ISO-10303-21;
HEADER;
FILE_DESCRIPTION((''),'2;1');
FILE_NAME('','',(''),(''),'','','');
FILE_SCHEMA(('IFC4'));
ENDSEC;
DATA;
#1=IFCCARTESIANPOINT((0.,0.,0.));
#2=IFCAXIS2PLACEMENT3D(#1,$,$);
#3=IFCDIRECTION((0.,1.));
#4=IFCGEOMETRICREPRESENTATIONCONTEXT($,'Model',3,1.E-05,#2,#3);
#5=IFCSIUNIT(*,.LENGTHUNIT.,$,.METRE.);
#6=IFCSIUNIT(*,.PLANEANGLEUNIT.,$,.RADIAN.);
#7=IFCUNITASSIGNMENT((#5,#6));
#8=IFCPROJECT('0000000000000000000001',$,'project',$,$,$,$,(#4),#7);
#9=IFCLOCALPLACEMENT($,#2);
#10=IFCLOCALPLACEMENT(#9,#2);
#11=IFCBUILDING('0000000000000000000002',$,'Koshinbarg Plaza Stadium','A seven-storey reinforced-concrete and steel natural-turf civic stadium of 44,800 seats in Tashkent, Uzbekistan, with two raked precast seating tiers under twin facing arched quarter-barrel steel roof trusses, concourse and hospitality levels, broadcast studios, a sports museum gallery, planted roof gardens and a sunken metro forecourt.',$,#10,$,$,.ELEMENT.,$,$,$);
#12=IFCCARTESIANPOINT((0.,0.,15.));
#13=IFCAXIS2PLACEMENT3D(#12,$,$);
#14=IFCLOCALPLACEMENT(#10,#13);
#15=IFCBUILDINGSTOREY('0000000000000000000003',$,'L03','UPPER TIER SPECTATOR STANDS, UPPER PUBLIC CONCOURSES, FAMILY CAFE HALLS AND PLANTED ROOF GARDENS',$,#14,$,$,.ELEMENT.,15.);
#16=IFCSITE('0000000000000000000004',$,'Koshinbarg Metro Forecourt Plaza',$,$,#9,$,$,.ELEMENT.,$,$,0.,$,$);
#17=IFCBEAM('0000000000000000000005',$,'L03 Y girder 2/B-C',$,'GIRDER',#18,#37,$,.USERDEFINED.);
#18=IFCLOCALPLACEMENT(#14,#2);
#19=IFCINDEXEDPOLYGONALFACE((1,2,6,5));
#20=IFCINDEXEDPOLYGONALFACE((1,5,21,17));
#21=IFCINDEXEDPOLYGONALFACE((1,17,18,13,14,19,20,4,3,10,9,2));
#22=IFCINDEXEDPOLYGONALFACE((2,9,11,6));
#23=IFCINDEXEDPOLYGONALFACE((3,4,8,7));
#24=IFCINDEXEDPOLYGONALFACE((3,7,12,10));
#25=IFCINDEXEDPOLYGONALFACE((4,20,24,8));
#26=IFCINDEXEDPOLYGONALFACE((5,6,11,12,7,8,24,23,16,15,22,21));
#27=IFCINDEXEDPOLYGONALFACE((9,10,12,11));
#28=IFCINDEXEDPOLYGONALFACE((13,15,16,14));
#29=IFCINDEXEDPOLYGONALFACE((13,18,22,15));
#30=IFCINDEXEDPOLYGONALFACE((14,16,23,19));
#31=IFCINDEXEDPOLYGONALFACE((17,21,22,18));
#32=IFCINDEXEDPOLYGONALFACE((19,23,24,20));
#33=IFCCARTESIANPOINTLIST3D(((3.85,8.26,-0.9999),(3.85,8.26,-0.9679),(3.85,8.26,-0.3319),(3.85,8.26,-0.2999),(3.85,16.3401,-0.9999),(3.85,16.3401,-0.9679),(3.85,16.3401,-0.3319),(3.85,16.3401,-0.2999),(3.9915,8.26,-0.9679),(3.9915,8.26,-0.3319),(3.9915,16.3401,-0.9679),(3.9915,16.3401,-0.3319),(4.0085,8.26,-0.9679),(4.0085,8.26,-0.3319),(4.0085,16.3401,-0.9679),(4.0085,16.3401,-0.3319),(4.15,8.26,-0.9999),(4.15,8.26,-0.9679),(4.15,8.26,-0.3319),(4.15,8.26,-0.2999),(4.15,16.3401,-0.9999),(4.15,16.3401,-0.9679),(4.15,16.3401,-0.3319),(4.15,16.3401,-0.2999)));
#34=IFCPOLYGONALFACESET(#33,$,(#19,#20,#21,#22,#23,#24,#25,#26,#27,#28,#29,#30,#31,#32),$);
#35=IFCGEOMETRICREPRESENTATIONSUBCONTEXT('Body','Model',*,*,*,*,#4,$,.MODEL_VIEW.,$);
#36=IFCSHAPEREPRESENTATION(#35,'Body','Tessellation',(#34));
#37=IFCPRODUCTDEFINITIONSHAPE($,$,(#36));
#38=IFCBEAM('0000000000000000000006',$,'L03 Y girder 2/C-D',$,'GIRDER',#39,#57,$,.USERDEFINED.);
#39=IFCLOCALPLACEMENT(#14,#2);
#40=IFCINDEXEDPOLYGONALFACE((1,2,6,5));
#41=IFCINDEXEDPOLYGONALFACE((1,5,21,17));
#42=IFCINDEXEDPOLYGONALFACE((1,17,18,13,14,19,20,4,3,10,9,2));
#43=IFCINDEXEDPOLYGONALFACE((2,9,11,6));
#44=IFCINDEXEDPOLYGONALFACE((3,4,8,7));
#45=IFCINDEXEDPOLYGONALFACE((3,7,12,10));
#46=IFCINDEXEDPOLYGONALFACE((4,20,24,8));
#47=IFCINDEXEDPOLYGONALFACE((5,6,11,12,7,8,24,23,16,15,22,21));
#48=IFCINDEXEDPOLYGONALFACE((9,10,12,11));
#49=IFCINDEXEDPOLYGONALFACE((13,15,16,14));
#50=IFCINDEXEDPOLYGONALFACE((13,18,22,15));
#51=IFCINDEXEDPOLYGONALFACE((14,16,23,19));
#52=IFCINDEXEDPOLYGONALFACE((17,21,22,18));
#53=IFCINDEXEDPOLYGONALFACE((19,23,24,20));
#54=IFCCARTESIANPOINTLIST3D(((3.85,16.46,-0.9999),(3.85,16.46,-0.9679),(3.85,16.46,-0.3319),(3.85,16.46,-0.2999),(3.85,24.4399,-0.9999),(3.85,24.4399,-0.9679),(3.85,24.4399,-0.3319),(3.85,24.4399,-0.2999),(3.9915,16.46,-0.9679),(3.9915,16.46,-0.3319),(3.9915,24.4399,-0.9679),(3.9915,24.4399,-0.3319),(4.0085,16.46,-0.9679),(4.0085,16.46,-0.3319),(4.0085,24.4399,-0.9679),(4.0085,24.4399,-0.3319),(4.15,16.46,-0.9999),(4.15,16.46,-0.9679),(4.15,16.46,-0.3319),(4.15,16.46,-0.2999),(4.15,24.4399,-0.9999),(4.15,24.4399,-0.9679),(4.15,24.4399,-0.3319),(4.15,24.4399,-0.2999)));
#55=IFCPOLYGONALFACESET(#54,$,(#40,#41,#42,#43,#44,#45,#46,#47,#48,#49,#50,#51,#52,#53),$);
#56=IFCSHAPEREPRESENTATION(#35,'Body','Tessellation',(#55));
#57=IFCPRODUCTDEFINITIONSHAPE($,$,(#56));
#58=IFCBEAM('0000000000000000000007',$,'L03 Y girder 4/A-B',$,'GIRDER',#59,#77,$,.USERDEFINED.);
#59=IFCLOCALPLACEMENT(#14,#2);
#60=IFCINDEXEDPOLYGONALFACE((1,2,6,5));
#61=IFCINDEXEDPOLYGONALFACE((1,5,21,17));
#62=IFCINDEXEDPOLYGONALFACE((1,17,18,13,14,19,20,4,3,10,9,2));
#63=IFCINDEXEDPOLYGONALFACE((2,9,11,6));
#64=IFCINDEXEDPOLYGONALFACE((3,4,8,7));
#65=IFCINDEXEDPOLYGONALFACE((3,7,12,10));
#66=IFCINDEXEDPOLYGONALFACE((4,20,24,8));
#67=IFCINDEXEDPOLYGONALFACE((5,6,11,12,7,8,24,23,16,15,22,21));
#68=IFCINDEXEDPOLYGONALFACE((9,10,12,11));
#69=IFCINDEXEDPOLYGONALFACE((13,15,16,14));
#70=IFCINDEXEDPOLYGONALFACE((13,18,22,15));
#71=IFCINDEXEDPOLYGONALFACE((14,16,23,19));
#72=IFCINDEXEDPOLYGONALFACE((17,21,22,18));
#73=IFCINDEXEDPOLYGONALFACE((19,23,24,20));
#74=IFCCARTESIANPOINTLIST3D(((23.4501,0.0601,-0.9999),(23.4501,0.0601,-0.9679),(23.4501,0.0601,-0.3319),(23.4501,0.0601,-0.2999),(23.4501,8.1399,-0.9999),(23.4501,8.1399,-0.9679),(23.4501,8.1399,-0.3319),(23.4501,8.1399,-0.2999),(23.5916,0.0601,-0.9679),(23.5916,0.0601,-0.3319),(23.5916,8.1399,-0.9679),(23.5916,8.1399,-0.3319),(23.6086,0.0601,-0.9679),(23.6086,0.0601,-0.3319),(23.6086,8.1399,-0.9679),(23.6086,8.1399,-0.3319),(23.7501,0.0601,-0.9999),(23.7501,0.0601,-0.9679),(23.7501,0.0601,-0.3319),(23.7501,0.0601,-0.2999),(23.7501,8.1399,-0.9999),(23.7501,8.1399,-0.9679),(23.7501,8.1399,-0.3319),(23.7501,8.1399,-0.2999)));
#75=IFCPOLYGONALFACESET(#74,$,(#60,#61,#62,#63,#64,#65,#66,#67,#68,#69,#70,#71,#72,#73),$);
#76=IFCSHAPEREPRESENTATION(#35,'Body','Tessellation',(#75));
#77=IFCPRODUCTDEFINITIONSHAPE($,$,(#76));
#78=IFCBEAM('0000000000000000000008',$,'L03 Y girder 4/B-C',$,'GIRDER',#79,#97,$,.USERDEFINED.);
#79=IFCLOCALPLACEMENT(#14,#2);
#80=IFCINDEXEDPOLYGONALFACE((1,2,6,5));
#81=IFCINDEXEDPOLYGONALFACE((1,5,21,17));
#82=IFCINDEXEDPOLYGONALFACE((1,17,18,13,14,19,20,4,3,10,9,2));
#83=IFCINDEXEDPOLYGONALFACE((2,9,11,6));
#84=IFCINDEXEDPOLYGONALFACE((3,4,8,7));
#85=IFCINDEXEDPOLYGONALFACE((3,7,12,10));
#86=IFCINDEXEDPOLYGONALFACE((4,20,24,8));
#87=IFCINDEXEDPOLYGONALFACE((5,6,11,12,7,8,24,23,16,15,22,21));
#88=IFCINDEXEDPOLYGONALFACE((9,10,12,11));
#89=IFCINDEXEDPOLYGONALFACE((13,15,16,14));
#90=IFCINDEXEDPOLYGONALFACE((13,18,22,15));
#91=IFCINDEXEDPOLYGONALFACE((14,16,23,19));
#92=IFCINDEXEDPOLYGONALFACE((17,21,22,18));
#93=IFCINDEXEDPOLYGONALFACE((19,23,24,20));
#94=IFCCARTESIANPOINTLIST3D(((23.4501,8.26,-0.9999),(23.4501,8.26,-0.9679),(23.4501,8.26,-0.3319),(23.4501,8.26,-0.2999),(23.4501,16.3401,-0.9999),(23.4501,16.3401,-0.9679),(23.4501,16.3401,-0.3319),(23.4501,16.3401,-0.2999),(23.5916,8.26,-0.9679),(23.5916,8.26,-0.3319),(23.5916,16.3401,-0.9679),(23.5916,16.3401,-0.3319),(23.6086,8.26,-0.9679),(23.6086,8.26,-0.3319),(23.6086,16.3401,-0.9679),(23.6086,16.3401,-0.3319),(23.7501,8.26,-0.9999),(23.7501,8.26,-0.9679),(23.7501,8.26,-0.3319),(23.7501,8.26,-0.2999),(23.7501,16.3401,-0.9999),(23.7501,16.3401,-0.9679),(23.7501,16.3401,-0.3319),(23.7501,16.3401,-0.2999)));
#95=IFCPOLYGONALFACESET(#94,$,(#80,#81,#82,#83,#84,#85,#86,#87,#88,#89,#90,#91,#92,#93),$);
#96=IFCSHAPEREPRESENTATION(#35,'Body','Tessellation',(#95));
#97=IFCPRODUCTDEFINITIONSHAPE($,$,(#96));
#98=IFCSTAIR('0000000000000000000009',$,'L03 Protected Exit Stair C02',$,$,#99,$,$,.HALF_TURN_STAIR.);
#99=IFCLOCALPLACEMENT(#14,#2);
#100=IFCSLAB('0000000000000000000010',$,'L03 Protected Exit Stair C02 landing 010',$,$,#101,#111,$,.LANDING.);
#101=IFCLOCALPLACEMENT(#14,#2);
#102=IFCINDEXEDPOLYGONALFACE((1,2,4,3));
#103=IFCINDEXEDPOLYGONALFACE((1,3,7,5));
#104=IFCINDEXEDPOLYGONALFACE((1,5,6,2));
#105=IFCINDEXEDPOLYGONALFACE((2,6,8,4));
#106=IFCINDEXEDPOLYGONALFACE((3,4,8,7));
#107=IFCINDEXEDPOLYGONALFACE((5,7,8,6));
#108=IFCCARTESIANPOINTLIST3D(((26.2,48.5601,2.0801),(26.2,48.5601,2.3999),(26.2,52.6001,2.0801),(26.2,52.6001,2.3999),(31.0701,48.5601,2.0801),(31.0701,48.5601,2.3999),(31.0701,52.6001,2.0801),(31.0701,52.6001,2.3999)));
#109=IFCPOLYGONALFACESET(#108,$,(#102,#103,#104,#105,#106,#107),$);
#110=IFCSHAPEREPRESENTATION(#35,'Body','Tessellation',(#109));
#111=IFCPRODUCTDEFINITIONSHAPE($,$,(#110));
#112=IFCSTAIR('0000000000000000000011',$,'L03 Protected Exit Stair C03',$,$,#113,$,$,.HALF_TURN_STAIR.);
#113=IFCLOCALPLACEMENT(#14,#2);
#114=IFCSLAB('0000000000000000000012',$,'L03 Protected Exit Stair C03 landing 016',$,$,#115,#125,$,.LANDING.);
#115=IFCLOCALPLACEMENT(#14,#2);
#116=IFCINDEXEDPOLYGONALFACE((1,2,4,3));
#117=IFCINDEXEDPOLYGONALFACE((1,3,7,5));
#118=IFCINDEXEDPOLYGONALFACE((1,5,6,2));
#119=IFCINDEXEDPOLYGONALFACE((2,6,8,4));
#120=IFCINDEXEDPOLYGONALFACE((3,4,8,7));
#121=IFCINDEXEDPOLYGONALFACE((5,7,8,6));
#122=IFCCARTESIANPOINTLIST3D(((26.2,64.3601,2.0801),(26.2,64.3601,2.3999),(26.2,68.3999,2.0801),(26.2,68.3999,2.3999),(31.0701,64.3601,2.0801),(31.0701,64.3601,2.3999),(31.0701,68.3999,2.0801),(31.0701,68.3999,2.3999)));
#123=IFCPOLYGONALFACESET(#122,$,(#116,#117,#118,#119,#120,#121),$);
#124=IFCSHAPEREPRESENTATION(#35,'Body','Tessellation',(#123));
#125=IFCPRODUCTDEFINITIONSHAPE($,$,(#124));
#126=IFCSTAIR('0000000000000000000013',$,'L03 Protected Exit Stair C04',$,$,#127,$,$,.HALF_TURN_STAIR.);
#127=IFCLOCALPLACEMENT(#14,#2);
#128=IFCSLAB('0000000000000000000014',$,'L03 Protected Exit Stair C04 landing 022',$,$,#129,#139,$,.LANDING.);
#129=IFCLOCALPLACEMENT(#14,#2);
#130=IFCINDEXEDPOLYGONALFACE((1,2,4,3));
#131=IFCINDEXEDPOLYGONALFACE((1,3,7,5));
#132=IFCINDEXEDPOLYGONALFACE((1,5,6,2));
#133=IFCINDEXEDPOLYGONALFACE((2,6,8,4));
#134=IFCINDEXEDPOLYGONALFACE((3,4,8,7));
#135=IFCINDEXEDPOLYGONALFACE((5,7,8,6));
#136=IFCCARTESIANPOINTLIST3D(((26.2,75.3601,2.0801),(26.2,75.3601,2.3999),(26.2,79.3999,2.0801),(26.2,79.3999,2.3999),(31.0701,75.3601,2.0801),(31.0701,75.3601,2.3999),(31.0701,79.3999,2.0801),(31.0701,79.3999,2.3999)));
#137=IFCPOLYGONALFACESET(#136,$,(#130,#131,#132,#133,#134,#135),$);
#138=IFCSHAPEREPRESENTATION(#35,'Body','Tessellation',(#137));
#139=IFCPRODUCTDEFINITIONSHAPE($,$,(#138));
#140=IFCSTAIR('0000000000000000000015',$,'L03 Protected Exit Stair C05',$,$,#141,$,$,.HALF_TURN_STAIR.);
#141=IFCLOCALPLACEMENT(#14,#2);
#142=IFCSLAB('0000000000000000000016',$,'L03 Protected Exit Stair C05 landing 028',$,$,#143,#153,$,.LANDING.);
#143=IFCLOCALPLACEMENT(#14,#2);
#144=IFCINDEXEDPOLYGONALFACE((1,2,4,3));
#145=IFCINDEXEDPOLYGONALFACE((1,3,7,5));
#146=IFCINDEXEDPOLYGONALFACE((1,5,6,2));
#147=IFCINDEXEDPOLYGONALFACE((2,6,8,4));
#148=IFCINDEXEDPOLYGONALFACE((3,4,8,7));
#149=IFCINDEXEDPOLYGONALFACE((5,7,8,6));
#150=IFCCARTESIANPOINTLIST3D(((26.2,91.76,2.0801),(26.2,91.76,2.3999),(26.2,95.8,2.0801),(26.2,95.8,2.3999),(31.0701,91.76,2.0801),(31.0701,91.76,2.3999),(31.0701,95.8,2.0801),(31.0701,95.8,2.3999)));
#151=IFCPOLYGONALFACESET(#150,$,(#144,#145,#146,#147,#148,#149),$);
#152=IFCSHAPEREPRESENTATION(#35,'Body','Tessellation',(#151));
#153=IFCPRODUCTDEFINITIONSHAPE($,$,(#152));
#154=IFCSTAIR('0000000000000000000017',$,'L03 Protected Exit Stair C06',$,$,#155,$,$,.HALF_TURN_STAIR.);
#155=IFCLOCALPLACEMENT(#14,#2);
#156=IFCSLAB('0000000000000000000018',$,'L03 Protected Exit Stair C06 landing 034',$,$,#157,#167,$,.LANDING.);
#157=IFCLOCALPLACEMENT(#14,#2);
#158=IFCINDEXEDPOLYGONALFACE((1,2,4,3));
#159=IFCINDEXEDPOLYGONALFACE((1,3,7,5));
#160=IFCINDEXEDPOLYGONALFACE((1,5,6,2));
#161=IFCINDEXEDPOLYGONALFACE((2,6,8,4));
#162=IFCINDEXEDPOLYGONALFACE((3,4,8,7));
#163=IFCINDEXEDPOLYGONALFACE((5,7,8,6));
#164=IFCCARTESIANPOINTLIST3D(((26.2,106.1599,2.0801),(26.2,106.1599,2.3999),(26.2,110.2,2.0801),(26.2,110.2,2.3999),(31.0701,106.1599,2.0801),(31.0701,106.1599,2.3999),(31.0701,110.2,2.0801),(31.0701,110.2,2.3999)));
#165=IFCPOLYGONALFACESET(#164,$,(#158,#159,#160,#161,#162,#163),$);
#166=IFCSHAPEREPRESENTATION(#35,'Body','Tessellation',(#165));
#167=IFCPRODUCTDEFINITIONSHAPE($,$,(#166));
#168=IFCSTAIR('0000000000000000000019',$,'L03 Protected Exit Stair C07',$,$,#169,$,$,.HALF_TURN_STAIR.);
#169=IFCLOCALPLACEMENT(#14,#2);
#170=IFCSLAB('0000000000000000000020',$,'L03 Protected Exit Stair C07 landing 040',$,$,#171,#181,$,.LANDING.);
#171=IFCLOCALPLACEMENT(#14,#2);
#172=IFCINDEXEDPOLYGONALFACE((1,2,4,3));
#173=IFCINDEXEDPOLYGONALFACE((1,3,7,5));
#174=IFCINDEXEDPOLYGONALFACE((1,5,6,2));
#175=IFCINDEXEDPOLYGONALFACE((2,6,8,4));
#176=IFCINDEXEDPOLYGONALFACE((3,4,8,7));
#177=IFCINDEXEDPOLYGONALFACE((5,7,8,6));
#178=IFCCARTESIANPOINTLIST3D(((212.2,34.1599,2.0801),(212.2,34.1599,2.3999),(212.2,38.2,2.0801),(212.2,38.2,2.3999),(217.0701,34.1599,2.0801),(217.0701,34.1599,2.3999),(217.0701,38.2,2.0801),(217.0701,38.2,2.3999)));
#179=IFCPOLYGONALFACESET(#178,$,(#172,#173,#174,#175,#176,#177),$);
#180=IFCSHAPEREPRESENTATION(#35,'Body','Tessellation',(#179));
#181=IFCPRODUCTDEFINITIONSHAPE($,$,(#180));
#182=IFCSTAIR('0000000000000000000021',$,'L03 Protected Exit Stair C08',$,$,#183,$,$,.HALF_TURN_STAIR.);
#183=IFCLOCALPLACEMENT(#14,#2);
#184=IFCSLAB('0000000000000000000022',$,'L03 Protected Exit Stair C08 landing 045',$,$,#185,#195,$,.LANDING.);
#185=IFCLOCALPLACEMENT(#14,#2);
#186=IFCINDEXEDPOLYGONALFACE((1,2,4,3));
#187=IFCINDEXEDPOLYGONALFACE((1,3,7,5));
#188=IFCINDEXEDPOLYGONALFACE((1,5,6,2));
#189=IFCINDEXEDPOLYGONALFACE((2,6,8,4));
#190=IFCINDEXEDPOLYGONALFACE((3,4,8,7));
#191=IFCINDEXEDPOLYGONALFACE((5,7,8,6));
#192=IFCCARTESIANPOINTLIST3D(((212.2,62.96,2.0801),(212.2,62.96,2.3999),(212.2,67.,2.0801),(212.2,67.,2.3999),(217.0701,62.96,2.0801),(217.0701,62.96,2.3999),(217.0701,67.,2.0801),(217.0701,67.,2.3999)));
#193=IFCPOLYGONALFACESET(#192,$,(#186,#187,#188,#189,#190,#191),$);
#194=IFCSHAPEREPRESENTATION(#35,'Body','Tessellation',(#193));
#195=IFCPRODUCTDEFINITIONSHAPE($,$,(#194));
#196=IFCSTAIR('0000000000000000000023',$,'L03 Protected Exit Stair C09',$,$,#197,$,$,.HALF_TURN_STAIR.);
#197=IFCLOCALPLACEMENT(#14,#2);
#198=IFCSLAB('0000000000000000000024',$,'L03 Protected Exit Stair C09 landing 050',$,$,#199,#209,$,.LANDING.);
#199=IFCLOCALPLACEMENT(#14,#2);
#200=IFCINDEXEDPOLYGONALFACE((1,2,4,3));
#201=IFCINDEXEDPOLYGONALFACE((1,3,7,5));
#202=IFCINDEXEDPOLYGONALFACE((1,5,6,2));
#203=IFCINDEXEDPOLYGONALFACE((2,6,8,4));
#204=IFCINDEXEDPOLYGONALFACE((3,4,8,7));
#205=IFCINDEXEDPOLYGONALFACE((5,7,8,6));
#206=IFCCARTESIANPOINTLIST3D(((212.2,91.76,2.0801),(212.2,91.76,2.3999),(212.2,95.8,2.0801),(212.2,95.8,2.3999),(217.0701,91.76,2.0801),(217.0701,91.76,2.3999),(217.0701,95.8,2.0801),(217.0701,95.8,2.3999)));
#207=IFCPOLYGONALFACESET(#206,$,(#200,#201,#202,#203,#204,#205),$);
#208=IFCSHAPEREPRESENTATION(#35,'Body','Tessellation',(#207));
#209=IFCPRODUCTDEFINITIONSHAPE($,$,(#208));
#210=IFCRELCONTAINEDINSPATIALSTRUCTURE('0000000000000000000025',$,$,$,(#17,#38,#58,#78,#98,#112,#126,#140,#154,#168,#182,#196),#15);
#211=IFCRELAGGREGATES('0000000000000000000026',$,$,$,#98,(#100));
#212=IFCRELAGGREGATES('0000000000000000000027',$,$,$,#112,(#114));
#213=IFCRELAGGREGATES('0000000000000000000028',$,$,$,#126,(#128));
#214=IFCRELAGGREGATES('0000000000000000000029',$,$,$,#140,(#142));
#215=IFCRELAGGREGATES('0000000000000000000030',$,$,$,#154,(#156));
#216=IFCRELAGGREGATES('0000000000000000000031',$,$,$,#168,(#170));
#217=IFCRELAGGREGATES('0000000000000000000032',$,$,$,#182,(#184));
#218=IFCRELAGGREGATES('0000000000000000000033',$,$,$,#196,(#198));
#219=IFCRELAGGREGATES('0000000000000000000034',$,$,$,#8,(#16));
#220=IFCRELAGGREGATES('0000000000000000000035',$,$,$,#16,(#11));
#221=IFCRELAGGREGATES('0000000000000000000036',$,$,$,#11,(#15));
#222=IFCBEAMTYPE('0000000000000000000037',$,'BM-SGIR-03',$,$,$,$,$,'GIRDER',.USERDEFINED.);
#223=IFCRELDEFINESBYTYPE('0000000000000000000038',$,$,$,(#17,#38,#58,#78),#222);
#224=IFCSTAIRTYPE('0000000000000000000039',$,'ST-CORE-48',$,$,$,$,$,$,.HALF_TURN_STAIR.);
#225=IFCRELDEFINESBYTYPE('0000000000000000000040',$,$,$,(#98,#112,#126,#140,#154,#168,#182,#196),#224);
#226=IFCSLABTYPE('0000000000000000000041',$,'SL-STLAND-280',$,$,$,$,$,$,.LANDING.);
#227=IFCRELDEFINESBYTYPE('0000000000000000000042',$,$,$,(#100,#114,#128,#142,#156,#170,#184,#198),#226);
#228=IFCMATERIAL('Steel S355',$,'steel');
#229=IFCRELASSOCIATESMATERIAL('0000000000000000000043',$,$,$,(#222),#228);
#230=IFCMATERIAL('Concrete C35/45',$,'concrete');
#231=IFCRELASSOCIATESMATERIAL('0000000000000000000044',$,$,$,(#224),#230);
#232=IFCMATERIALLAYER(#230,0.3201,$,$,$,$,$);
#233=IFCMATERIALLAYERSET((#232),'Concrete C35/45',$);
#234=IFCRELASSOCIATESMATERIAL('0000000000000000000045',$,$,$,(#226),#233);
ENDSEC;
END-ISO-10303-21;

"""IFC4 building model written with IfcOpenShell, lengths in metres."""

from ifc_helpers import new_model, si_unit, direction, frame, origin, origin_2d, place, context, subcontext, project, spatial, polyline, i_section, outline, extrude, material, layer, layer_set, material_profile, profile_set, type_object, element, aggregate, save


model = new_model("IFC4")

# Units and contexts
model_context = context("Model", 3, precision=1e-05, world=origin(), true_north=direction((0.0, 1.0)))
body_context = subcontext(model_context, "Body", "Model", "MODEL_VIEW")
ifc_project = project(units=[si_unit("LENGTHUNIT", "METRE"), si_unit("PLANEANGLEUNIT", "RADIAN")], contexts=[model_context])

# Site, building, storey
site_placement = place(None, origin())
site = spatial("IfcSite", under=ifc_project, at=site_placement, Name="Koshinbarg Metro Forecourt Plaza", CompositionType="ELEMENT", RefElevation=0.0)
building_placement = place(site_placement, origin())
building = spatial("IfcBuilding", under=site, at=building_placement, Name="Koshinbarg Plaza Stadium", Description="A seven-storey reinforced-concrete and steel natural-turf civic stadium of 44,800 seats in Tashkent, Uzbekistan, with two raked precast seating tiers under twin facing arched quarter-barrel steel roof trusses, concourse and hospitality levels, broadcast studios, a sports museum gallery, planted roof gardens and a sunken metro forecourt.", CompositionType="ELEMENT")
storey_placement = place(building_placement, frame((0.0, 0.0, 15.0)))
storey = spatial("IfcBuildingStorey", under=building, at=storey_placement, Name="L03", Description="UPPER TIER SPECTATOR STANDS, UPPER PUBLIC CONCOURSES, FAMILY CAFE HALLS AND PLANTED ROOF GARDENS", CompositionType="ELEMENT", Elevation=15.0)

# Beams
ifc_material_1 = material(Name="Steel S355", Category="steel")
ifc_material_profile_1 = material_profile(ifc_material_1, i_section(OverallWidth=0.3, OverallDepth=0.7, WebThickness=0.0171, FlangeThickness=0.032, at=origin_2d()), Name="HEB 700")
ifc_profile_set_1 = profile_set([ifc_material_profile_1], Name="Steel S355")
beam_type_1 = type_object("IfcBeamType", Name="BM-SGIR-03", ElementType="GIRDER", PredefinedType="USERDEFINED", material=ifc_profile_set_1)
beam_1_placement = place(storey_placement, frame((4.0, 8.26, -0.6499), z_axis=(0.0, 1.0, 0.0), x_axis=(-1.0, 0.0, 0.0)))
element("IfcBeam", 1, at=beam_1_placement, inside=storey, type_object=beam_type_1, Name="L03 Y girder 2/B-C", ObjectType="GIRDER", PredefinedType="USERDEFINED", context=body_context, shape_type="SweptSolid", body=[
    extrude(i_section(OverallWidth=0.3, OverallDepth=0.7, WebThickness=0.0171, FlangeThickness=0.032, at=origin_2d()), origin(), (0.0, 0.0, 1.0), 8.0801),
])
beam_2_placement = place(storey_placement, frame((4.0, 16.46, -0.6499), z_axis=(0.0, 1.0, 0.0), x_axis=(-1.0, 0.0, 0.0)))
element("IfcBeam", 2, at=beam_2_placement, inside=storey, type_object=beam_type_1, Name="L03 Y girder 2/C-D", ObjectType="GIRDER", PredefinedType="USERDEFINED", context=body_context, shape_type="SweptSolid", body=[
    extrude(i_section(OverallWidth=0.3, OverallDepth=0.7, WebThickness=0.0171, FlangeThickness=0.032, at=origin_2d()), origin(), (0.0, 0.0, 1.0), 7.98),
])
beam_3_placement = place(storey_placement, frame((23.6001, 0.0601, -0.6499), z_axis=(0.0, 1.0, 0.0), x_axis=(-1.0, 0.0, 0.0)))
element("IfcBeam", 3, at=beam_3_placement, inside=storey, type_object=beam_type_1, Name="L03 Y girder 4/A-B", ObjectType="GIRDER", PredefinedType="USERDEFINED", context=body_context, shape_type="SweptSolid", body=[
    extrude(i_section(OverallWidth=0.3, OverallDepth=0.7, WebThickness=0.0171, FlangeThickness=0.032, at=origin_2d()), origin(), (0.0, 0.0, 1.0), 8.0798),
])
beam_4_placement = place(storey_placement, frame((23.6001, 8.26, -0.6499), z_axis=(0.0, 1.0, 0.0), x_axis=(-1.0, 0.0, 0.0)))
element("IfcBeam", 4, at=beam_4_placement, inside=storey, type_object=beam_type_1, Name="L03 Y girder 4/B-C", ObjectType="GIRDER", PredefinedType="USERDEFINED", context=body_context, shape_type="SweptSolid", body=[
    extrude(i_section(OverallWidth=0.3, OverallDepth=0.7, WebThickness=0.0171, FlangeThickness=0.032, at=origin_2d()), origin(), (0.0, 0.0, 1.0), 8.0801),
])

# Stairs, slabs
ifc_material_2 = material(Name="Concrete C35/45", Category="concrete")
stair_type = type_object("IfcStairType", Name="ST-CORE-48", PredefinedType="HALF_TURN_STAIR", material=ifc_material_2)
stair_1_placement = place(storey_placement, origin())
stair_1 = element("IfcStair", 5, at=stair_1_placement, inside=storey, type_object=stair_type, Name="L03 Protected Exit Stair C02", PredefinedType="HALF_TURN_STAIR")
ifc_layer_1 = layer(ifc_material_2, 0.3201)
ifc_layer_set_1 = layer_set([ifc_layer_1], Name="Concrete C35/45")
slab_type = type_object("IfcSlabType", Name="SL-STLAND-280", PredefinedType="LANDING", material=ifc_layer_set_1)
slab_1_placement = place(storey_placement, frame((0.0, 0.0, 2.0801)))
slab_1 = element("IfcSlab", 6, at=slab_1_placement, type_object=slab_type, Name="L03 Protected Exit Stair C02 landing 010", PredefinedType="LANDING", context=body_context, shape_type="SweptSolid", body=[
    extrude(outline(polyline([(31.0701, 48.5601), (31.0701, 52.6001), (26.2, 52.6001), (26.2, 48.5601), (31.0701, 48.5601)])), origin(), (0.0, 0.0, 1.0), 0.3198),
])
aggregate(stair_1, [slab_1])
stair_2_placement = place(storey_placement, origin())
stair_2 = element("IfcStair", 7, at=stair_2_placement, inside=storey, type_object=stair_type, Name="L03 Protected Exit Stair C03", PredefinedType="HALF_TURN_STAIR")
slab_2_placement = place(storey_placement, frame((0.0, 0.0, 2.0801)))
slab_2 = element("IfcSlab", 8, at=slab_2_placement, type_object=slab_type, Name="L03 Protected Exit Stair C03 landing 016", PredefinedType="LANDING", context=body_context, shape_type="SweptSolid", body=[
    extrude(outline(polyline([(31.0701, 64.3601), (31.0701, 68.3999), (26.2, 68.3999), (26.2, 64.3601), (31.0701, 64.3601)])), origin(), (0.0, 0.0, 1.0), 0.3198),
])
aggregate(stair_2, [slab_2])
stair_3_placement = place(storey_placement, origin())
stair_3 = element("IfcStair", 9, at=stair_3_placement, inside=storey, type_object=stair_type, Name="L03 Protected Exit Stair C04", PredefinedType="HALF_TURN_STAIR")
slab_3_placement = place(storey_placement, frame((0.0, 0.0, 2.0801)))
slab_3 = element("IfcSlab", 10, at=slab_3_placement, type_object=slab_type, Name="L03 Protected Exit Stair C04 landing 022", PredefinedType="LANDING", context=body_context, shape_type="SweptSolid", body=[
    extrude(outline(polyline([(31.0701, 75.3601), (31.0701, 79.3999), (26.2, 79.3999), (26.2, 75.3601), (31.0701, 75.3601)])), origin(), (0.0, 0.0, 1.0), 0.3198),
])
aggregate(stair_3, [slab_3])
stair_4_placement = place(storey_placement, origin())
stair_4 = element("IfcStair", 11, at=stair_4_placement, inside=storey, type_object=stair_type, Name="L03 Protected Exit Stair C05", PredefinedType="HALF_TURN_STAIR")
slab_4_placement = place(storey_placement, frame((0.0, 0.0, 2.0801)))
slab_4 = element("IfcSlab", 12, at=slab_4_placement, type_object=slab_type, Name="L03 Protected Exit Stair C05 landing 028", PredefinedType="LANDING", context=body_context, shape_type="SweptSolid", body=[
    extrude(outline(polyline([(31.0701, 91.76), (31.0701, 95.8), (26.2, 95.8), (26.2, 91.76), (31.0701, 91.76)])), origin(), (0.0, 0.0, 1.0), 0.3198),
])
aggregate(stair_4, [slab_4])
stair_5_placement = place(storey_placement, origin())
stair_5 = element("IfcStair", 13, at=stair_5_placement, inside=storey, type_object=stair_type, Name="L03 Protected Exit Stair C06", PredefinedType="HALF_TURN_STAIR")
slab_5_placement = place(storey_placement, frame((0.0, 0.0, 2.0801)))
slab_5 = element("IfcSlab", 14, at=slab_5_placement, type_object=slab_type, Name="L03 Protected Exit Stair C06 landing 034", PredefinedType="LANDING", context=body_context, shape_type="SweptSolid", body=[
    extrude(outline(polyline([(31.0701, 106.1599), (31.0701, 110.2), (26.2, 110.2), (26.2, 106.1599), (31.0701, 106.1599)])), origin(), (0.0, 0.0, 1.0), 0.3198),
])
aggregate(stair_5, [slab_5])
stair_6_placement = place(storey_placement, origin())
stair_6 = element("IfcStair", 15, at=stair_6_placement, inside=storey, type_object=stair_type, Name="L03 Protected Exit Stair C07", PredefinedType="HALF_TURN_STAIR")
slab_6_placement = place(storey_placement, frame((0.0, 0.0, 2.0801)))
slab_6 = element("IfcSlab", 16, at=slab_6_placement, type_object=slab_type, Name="L03 Protected Exit Stair C07 landing 040", PredefinedType="LANDING", context=body_context, shape_type="SweptSolid", body=[
    extrude(outline(polyline([(217.0701, 34.1599), (217.0701, 38.2), (212.2, 38.2), (212.2, 34.1599), (217.0701, 34.1599)])), origin(), (0.0, 0.0, 1.0), 0.3198),
])
aggregate(stair_6, [slab_6])
stair_7_placement = place(storey_placement, origin())
stair_7 = element("IfcStair", 17, at=stair_7_placement, inside=storey, type_object=stair_type, Name="L03 Protected Exit Stair C08", PredefinedType="HALF_TURN_STAIR")
slab_7_placement = place(storey_placement, frame((0.0, 0.0, 2.0801)))
slab_7 = element("IfcSlab", 18, at=slab_7_placement, type_object=slab_type, Name="L03 Protected Exit Stair C08 landing 045", PredefinedType="LANDING", context=body_context, shape_type="SweptSolid", body=[
    extrude(outline(polyline([(217.0701, 62.96), (217.0701, 67.0), (212.2, 67.0), (212.2, 62.96), (217.0701, 62.96)])), origin(), (0.0, 0.0, 1.0), 0.3198),
])
aggregate(stair_7, [slab_7])
stair_8_placement = place(storey_placement, origin())
stair_8 = element("IfcStair", 19, at=stair_8_placement, inside=storey, type_object=stair_type, Name="L03 Protected Exit Stair C09", PredefinedType="HALF_TURN_STAIR")
slab_8_placement = place(storey_placement, frame((0.0, 0.0, 2.0801)))
slab_8 = element("IfcSlab", 20, at=slab_8_placement, type_object=slab_type, Name="L03 Protected Exit Stair C09 landing 050", PredefinedType="LANDING", context=body_context, shape_type="SweptSolid", body=[
    extrude(outline(polyline([(217.0701, 91.76), (217.0701, 95.8), (212.2, 95.8), (212.2, 91.76), (217.0701, 91.76)])), origin(), (0.0, 0.0, 1.0), 0.3198),
])
aggregate(stair_8, [slab_8])

save(model, "model.ifc")
